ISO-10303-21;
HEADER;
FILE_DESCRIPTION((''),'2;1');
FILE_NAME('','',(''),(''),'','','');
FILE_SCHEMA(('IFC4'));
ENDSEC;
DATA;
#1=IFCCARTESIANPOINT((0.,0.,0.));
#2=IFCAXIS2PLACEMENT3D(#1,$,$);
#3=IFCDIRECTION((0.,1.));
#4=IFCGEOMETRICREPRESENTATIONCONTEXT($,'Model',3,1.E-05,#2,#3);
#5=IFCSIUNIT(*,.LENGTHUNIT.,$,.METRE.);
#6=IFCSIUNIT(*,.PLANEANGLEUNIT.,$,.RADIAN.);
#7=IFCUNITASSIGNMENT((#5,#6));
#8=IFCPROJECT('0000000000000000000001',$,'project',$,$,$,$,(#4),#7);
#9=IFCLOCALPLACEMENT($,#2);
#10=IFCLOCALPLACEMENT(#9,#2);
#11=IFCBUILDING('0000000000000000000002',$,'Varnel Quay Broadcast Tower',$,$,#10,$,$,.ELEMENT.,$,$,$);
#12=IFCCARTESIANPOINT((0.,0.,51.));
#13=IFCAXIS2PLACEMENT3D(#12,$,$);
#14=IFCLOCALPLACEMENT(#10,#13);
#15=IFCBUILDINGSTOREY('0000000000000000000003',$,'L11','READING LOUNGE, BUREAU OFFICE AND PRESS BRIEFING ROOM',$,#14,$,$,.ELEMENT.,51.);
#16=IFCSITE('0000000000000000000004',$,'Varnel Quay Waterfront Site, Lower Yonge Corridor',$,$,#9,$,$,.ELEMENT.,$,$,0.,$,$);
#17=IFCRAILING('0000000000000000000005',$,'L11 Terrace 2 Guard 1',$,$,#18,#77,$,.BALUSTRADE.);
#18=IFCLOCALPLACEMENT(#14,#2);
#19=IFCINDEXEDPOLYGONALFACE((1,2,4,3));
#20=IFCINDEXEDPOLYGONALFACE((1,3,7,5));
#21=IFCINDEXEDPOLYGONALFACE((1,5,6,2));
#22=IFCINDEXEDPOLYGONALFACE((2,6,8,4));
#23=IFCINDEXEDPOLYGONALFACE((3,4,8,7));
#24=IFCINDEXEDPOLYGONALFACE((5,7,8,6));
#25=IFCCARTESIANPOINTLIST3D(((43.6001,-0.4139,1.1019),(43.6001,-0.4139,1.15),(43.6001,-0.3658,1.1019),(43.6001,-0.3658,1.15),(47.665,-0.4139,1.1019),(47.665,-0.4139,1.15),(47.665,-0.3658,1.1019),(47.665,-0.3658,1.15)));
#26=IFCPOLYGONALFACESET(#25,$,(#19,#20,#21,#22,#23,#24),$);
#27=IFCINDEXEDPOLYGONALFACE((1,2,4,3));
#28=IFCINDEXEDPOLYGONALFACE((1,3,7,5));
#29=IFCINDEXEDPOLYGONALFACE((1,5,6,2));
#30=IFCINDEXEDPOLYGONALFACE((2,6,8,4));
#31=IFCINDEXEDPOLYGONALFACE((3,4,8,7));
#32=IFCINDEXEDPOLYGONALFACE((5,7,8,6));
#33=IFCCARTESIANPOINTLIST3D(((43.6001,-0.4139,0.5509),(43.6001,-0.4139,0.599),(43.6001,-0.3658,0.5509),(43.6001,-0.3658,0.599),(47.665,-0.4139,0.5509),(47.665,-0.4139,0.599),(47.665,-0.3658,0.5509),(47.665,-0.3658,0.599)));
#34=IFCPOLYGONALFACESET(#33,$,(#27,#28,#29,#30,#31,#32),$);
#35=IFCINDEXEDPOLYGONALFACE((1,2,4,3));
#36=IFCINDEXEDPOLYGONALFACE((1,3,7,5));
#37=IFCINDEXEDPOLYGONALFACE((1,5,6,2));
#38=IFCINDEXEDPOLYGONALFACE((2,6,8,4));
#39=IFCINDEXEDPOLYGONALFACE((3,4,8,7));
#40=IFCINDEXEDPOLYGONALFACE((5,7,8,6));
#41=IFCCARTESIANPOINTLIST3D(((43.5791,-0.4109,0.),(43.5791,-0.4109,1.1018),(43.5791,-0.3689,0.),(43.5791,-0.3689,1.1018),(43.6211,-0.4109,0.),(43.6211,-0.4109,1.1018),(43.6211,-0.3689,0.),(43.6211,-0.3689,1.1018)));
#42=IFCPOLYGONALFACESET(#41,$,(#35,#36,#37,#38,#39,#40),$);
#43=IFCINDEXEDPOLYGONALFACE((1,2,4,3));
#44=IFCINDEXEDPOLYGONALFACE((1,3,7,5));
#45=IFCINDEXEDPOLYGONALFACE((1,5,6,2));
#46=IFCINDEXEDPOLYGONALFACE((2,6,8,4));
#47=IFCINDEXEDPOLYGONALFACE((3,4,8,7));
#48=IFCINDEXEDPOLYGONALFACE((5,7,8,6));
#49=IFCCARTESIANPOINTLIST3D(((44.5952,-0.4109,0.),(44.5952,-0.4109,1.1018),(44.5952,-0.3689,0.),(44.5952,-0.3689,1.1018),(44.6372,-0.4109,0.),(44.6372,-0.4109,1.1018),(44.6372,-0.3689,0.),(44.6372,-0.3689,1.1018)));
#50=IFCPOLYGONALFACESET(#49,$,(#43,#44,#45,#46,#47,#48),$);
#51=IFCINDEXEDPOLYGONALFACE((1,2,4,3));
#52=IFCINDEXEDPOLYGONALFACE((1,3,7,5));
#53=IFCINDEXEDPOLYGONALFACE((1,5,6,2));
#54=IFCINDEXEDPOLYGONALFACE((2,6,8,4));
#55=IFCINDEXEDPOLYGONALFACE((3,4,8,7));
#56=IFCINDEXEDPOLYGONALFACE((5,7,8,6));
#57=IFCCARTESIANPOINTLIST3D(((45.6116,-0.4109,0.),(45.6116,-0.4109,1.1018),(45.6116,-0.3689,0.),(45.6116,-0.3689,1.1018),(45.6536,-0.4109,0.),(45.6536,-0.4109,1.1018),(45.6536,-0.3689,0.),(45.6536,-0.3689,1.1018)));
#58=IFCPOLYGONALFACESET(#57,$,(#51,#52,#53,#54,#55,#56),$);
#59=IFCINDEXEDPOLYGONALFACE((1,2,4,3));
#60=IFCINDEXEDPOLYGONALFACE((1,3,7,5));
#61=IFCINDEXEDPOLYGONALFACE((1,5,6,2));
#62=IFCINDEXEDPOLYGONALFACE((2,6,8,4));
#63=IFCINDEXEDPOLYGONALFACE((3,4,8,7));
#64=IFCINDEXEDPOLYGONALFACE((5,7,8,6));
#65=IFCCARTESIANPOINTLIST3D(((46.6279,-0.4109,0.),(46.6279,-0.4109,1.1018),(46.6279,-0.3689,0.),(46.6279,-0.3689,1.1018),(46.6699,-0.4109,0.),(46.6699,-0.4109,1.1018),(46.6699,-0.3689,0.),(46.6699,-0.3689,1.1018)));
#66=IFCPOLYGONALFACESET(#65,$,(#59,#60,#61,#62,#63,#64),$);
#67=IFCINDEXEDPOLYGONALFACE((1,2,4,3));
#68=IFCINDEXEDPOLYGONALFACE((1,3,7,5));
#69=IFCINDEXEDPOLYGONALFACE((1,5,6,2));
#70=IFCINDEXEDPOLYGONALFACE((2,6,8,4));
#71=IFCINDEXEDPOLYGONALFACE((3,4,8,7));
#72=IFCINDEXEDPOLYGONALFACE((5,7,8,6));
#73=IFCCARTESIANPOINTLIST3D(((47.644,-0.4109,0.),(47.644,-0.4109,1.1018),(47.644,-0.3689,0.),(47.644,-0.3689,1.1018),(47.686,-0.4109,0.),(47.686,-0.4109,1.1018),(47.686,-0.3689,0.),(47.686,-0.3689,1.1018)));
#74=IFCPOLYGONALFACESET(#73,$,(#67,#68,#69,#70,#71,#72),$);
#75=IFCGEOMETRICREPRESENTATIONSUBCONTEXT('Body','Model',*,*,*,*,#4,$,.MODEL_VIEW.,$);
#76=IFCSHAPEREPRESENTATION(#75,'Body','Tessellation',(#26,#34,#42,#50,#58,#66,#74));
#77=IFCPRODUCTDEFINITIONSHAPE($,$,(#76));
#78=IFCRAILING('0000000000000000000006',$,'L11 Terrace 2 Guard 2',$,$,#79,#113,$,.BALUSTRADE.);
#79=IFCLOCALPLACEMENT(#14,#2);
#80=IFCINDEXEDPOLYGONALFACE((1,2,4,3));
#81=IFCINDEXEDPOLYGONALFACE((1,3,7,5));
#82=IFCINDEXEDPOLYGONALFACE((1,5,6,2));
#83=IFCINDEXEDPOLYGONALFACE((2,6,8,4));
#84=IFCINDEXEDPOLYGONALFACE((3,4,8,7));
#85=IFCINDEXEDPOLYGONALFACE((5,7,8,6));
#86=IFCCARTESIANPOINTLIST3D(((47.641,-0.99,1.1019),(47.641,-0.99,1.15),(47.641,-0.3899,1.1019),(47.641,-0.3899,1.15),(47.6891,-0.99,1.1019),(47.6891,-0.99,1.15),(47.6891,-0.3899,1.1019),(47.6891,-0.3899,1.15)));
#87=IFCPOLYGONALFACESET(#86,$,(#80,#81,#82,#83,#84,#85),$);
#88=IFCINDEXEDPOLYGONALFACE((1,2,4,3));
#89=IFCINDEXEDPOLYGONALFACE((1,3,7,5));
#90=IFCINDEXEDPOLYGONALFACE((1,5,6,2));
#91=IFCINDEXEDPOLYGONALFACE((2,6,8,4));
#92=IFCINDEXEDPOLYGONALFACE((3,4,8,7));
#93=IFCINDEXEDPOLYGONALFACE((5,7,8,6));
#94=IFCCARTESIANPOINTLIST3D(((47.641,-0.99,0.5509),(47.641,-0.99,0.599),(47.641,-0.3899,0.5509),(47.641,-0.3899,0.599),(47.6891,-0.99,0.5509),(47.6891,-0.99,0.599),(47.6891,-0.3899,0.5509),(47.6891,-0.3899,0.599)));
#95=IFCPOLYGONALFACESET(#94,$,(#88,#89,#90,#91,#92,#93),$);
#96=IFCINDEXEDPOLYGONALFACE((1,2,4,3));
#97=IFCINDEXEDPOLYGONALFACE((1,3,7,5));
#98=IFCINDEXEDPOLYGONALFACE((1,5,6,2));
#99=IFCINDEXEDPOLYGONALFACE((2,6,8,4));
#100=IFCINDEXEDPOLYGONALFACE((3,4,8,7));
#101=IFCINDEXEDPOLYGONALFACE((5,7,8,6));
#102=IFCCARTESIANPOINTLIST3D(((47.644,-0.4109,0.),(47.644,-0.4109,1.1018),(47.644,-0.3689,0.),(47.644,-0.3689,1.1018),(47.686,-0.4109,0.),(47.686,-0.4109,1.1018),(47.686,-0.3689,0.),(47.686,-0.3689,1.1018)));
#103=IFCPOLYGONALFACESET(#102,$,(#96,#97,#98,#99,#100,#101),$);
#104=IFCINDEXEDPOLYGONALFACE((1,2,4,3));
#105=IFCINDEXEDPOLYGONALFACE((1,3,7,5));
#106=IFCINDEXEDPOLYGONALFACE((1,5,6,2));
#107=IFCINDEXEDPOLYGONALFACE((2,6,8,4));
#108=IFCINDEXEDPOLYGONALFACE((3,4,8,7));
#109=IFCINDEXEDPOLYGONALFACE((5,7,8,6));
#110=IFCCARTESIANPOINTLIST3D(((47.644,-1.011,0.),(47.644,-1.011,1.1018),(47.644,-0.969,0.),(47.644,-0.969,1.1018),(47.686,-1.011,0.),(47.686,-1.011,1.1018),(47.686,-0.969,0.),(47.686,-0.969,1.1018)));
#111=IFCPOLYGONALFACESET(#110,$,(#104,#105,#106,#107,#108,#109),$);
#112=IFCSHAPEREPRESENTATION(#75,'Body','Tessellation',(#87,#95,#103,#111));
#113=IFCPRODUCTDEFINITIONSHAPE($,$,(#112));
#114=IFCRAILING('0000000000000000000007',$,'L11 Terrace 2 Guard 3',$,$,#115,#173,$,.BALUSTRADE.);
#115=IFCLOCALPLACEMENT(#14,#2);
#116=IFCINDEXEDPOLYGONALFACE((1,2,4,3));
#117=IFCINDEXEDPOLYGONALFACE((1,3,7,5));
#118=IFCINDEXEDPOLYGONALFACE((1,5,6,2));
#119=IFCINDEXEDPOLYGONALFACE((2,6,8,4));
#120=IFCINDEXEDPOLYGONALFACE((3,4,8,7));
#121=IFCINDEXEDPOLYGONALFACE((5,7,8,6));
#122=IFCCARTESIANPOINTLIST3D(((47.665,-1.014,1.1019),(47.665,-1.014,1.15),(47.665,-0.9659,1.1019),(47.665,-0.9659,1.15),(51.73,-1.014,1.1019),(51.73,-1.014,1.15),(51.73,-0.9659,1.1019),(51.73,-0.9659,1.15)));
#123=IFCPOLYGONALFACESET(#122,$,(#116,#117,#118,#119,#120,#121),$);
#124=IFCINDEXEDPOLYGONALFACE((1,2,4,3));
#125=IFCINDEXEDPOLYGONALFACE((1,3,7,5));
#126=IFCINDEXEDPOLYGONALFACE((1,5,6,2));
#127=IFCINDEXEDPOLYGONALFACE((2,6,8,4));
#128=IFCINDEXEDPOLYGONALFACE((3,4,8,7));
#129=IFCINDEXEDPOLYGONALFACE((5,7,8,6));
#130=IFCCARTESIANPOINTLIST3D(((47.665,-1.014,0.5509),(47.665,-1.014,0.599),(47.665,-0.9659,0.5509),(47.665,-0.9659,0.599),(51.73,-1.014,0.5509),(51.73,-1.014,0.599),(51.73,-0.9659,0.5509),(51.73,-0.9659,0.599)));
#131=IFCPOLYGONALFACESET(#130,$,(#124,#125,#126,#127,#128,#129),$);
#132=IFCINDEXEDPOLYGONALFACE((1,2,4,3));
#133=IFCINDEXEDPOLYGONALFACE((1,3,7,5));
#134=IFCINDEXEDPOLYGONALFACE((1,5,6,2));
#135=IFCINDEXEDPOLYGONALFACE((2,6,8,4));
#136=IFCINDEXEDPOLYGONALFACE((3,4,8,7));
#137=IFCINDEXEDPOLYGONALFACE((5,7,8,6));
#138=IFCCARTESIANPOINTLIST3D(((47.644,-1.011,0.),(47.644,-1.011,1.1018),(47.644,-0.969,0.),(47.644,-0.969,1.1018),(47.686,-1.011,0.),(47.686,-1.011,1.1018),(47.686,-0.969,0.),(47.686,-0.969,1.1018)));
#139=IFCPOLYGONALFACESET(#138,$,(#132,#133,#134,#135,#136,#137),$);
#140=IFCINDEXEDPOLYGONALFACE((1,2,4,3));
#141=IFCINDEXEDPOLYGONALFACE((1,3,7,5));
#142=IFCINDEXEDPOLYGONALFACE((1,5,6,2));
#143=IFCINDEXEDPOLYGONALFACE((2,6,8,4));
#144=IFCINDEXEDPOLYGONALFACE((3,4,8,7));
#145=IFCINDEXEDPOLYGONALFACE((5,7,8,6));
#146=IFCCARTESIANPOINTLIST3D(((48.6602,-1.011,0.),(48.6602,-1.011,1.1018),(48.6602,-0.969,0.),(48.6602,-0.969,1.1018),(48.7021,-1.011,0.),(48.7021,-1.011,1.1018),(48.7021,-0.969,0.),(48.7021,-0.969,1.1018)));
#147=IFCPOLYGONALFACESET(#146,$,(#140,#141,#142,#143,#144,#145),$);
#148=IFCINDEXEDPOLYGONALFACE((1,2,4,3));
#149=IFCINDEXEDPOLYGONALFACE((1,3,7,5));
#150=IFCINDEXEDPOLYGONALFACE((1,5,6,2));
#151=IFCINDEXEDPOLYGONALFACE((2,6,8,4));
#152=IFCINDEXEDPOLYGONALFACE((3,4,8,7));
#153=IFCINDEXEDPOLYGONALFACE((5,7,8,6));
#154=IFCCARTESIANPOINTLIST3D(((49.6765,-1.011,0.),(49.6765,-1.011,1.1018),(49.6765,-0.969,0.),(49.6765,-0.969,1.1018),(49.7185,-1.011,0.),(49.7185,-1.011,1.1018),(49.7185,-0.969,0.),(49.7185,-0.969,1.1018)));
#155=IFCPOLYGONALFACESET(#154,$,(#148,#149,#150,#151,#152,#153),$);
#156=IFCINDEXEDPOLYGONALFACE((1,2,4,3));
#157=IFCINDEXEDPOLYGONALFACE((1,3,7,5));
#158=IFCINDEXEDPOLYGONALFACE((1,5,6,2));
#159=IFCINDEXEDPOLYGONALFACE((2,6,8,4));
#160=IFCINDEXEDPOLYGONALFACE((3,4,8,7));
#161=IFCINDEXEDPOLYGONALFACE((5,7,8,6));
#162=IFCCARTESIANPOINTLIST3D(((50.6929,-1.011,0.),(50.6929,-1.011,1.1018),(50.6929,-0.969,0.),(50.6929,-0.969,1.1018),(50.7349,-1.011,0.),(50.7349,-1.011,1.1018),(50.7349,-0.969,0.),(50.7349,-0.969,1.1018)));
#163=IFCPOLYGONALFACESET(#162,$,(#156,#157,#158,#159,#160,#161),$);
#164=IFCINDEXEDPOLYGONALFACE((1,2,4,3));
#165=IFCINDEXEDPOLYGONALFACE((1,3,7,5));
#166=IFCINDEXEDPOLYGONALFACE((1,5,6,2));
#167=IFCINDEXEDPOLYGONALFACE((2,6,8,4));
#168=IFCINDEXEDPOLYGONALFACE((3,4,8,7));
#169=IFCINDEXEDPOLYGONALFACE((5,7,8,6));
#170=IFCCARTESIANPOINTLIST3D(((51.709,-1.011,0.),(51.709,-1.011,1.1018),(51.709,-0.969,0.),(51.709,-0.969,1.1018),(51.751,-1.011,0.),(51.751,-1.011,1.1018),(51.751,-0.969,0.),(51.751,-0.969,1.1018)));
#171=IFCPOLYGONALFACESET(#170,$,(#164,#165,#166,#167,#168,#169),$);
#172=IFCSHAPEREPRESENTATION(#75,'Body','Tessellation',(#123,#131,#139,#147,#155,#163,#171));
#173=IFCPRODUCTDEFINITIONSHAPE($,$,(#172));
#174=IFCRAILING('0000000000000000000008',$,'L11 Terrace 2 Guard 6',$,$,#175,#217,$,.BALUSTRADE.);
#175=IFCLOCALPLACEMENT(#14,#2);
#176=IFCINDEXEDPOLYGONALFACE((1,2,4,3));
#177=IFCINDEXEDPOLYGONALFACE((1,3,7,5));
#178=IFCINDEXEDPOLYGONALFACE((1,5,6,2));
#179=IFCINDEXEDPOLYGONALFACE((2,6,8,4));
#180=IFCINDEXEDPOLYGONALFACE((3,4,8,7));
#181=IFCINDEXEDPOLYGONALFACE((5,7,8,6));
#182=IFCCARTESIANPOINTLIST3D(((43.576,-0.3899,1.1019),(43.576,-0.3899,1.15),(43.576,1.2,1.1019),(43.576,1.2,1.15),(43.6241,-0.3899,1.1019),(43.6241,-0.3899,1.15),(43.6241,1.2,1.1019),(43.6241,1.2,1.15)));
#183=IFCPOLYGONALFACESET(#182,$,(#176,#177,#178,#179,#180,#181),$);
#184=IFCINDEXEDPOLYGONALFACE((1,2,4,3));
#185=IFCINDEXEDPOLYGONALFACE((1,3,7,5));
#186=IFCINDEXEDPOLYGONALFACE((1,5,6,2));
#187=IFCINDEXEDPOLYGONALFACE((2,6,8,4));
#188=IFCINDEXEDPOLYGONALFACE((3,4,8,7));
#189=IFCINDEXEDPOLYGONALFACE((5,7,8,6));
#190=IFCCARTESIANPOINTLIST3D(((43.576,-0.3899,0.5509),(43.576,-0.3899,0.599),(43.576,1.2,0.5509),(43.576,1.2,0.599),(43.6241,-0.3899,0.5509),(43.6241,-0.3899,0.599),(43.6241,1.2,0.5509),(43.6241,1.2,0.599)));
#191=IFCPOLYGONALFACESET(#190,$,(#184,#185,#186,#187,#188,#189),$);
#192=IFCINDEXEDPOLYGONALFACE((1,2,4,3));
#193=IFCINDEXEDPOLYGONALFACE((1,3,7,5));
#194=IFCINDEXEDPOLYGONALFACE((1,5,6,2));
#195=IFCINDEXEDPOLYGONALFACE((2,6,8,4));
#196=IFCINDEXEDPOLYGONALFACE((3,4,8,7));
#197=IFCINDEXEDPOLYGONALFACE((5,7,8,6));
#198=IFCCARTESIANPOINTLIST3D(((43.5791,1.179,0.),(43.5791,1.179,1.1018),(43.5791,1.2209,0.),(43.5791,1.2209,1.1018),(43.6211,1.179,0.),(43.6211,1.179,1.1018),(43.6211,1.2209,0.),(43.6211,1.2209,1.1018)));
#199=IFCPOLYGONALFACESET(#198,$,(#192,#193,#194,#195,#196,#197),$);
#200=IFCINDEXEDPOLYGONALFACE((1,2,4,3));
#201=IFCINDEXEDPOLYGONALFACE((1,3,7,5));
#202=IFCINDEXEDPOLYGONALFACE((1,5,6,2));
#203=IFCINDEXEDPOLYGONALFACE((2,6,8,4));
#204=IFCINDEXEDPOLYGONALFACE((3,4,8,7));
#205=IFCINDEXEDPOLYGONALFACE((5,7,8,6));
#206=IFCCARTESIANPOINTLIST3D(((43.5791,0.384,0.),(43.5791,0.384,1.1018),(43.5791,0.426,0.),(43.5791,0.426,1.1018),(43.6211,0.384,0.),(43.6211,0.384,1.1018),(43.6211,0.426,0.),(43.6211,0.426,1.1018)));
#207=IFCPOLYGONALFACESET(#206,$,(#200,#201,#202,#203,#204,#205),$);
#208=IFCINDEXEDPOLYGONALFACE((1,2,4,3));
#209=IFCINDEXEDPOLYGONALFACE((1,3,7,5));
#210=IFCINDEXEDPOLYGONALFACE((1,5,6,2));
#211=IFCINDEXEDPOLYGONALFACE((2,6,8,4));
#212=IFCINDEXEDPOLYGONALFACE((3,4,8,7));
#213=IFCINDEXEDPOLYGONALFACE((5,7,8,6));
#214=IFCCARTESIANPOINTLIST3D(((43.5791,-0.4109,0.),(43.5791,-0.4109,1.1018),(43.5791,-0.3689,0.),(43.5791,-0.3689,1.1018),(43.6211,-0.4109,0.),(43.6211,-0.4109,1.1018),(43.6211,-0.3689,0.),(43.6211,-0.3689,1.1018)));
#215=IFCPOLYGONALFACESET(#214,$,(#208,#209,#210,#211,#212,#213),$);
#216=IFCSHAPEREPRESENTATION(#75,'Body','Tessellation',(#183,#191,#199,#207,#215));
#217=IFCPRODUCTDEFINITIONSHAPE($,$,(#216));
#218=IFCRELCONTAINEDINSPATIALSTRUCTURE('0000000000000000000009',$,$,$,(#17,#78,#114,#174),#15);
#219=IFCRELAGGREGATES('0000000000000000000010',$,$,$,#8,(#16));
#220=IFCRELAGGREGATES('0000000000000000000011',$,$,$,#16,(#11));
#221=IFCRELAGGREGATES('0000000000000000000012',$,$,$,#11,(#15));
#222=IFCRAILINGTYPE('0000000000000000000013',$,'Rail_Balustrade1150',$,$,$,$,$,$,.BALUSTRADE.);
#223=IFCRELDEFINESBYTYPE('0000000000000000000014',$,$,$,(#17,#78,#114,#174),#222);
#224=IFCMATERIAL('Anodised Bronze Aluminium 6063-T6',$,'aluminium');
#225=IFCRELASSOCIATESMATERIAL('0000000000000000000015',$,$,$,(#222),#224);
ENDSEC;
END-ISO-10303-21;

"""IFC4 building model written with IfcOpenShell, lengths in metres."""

from ifc_helpers import new_model, si_unit, direction, frame, origin, origin_2d, place, context, subcontext, project, spatial, rectangle, extrude, material, type_object, element, save


model = new_model("IFC4")

# Units and contexts
model_context = context("Model", 3, precision=1e-05, world=origin(), true_north=direction((0.0, 1.0)))
body_context = subcontext(model_context, "Body", "Model", "MODEL_VIEW")
ifc_project = project(units=[si_unit("LENGTHUNIT", "METRE"), si_unit("PLANEANGLEUNIT", "RADIAN")], contexts=[model_context])

# Site, building, storey
site_placement = place(None, origin())
site = spatial("IfcSite", under=ifc_project, at=site_placement, Name="Varnel Quay Waterfront Site, Lower Yonge Corridor", CompositionType="ELEMENT", RefElevation=0.0)
building_placement = place(site_placement, origin())
building = spatial("IfcBuilding", under=site, at=building_placement, Name="Varnel Quay Broadcast Tower", CompositionType="ELEMENT")
storey_placement = place(building_placement, frame((0.0, 0.0, 51.0)))
storey = spatial("IfcBuildingStorey", under=building, at=storey_placement, Name="L11", Description="READING LOUNGE, BUREAU OFFICE AND PRESS BRIEFING ROOM", CompositionType="ELEMENT", Elevation=51.0)

# Shared definitions
ifc_material_1 = material(Name="Anodised Bronze Aluminium 6063-T6", Category="aluminium")

# Railings
railing_type = type_object("IfcRailingType", Name="Rail_Balustrade1150", PredefinedType="BALUSTRADE", material=ifc_material_1)
railing_1_placement = place(storey_placement, frame((43.6001, -0.3899, 0.0)))
element("IfcRailing", 1, at=railing_1_placement, inside=storey, type_object=railing_type, Name="L11 Terrace 2 Guard 1", PredefinedType="BALUSTRADE", context=body_context, shape_type="SweptSolid", body=[
    extrude(rectangle(XDim=0.0481, YDim=0.0481, at=origin_2d()), frame((0.0, 0.0, 1.126), z_axis=(1.0, 0.0, 0.0), x_axis=(0.0, 1.0, 0.0)), (0.0, 0.0, 1.0), 4.0649),
    extrude(rectangle(XDim=0.0481, YDim=0.0481, at=origin_2d()), frame((0.0, 0.0, 0.575), z_axis=(1.0, 0.0, 0.0), x_axis=(0.0, 1.0, 0.0)), (0.0, 0.0, 1.0), 4.0649),
    extrude(rectangle(XDim=0.042, YDim=0.042, at=origin_2d()), origin(), (0.0, 0.0, 1.0), 1.1018),
    extrude(rectangle(XDim=0.042, YDim=0.042, at=origin_2d()), frame((1.0161, 0.0, 0.0)), (0.0, 0.0, 1.0), 1.1018),
    extrude(rectangle(XDim=0.042, YDim=0.042, at=origin_2d()), frame((2.0325, 0.0, 0.0)), (0.0, 0.0, 1.0), 1.1018),
    extrude(rectangle(XDim=0.042, YDim=0.042, at=origin_2d()), frame((3.0488, 0.0, 0.0)), (0.0, 0.0, 1.0), 1.1018),
    extrude(rectangle(XDim=0.042, YDim=0.042, at=origin_2d()), frame((4.0649, 0.0, 0.0)), (0.0, 0.0, 1.0), 1.1018),
])
railing_2_placement = place(storey_placement, frame((47.665, -0.3899, 0.0)))
element("IfcRailing", 2, at=railing_2_placement, inside=storey, type_object=railing_type, Name="L11 Terrace 2 Guard 2", PredefinedType="BALUSTRADE", context=body_context, shape_type="SweptSolid", body=[
    extrude(rectangle(XDim=0.0481, YDim=0.0481, at=origin_2d()), frame((0.0, 0.0, 1.126), z_axis=(0.0, -1.0, 0.0), x_axis=(1.0, 0.0, 0.0)), (0.0, 0.0, 1.0), 0.6001),
    extrude(rectangle(XDim=0.0481, YDim=0.0481, at=origin_2d()), frame((0.0, 0.0, 0.575), z_axis=(0.0, -1.0, 0.0), x_axis=(1.0, 0.0, 0.0)), (0.0, 0.0, 1.0), 0.6001),
    extrude(rectangle(XDim=0.042, YDim=0.042, at=origin_2d()), origin(), (0.0, 0.0, 1.0), 1.1018),
    extrude(rectangle(XDim=0.042, YDim=0.042, at=origin_2d()), frame((0.0, -0.6001, 0.0)), (0.0, 0.0, 1.0), 1.1018),
])
railing_3_placement = place(storey_placement, frame((47.665, -0.99, 0.0)))
element("IfcRailing", 3, at=railing_3_placement, inside=storey, type_object=railing_type, Name="L11 Terrace 2 Guard 3", PredefinedType="BALUSTRADE", context=body_context, shape_type="SweptSolid", body=[
    extrude(rectangle(XDim=0.0481, YDim=0.0481, at=origin_2d()), frame((0.0, 0.0, 1.126), z_axis=(1.0, 0.0, 0.0), x_axis=(0.0, 1.0, 0.0)), (0.0, 0.0, 1.0), 4.0649),
    extrude(rectangle(XDim=0.0481, YDim=0.0481, at=origin_2d()), frame((0.0, 0.0, 0.575), z_axis=(1.0, 0.0, 0.0), x_axis=(0.0, 1.0, 0.0)), (0.0, 0.0, 1.0), 4.0649),
    extrude(rectangle(XDim=0.042, YDim=0.042, at=origin_2d()), origin(), (0.0, 0.0, 1.0), 1.1018),
    extrude(rectangle(XDim=0.042, YDim=0.042, at=origin_2d()), frame((1.0161, 0.0, 0.0)), (0.0, 0.0, 1.0), 1.1018),
    extrude(rectangle(XDim=0.042, YDim=0.042, at=origin_2d()), frame((2.0325, 0.0, 0.0)), (0.0, 0.0, 1.0), 1.1018),
    extrude(rectangle(XDim=0.042, YDim=0.042, at=origin_2d()), frame((3.0488, 0.0, 0.0)), (0.0, 0.0, 1.0), 1.1018),
    extrude(rectangle(XDim=0.042, YDim=0.042, at=origin_2d()), frame((4.0649, 0.0, 0.0)), (0.0, 0.0, 1.0), 1.1018),
])
railing_4_placement = place(storey_placement, frame((43.6001, 1.2, 0.0)))
element("IfcRailing", 4, at=railing_4_placement, inside=storey, type_object=railing_type, Name="L11 Terrace 2 Guard 6", PredefinedType="BALUSTRADE", context=body_context, shape_type="SweptSolid", body=[
    extrude(rectangle(XDim=0.0481, YDim=0.0481, at=origin_2d()), frame((0.0, 0.0, 1.126), z_axis=(0.0, -1.0, 0.0), x_axis=(1.0, 0.0, 0.0)), (0.0, 0.0, 1.0), 1.5898),
    extrude(rectangle(XDim=0.0481, YDim=0.0481, at=origin_2d()), frame((0.0, 0.0, 0.575), z_axis=(0.0, -1.0, 0.0), x_axis=(1.0, 0.0, 0.0)), (0.0, 0.0, 1.0), 1.5898),
    extrude(rectangle(XDim=0.042, YDim=0.042, at=origin_2d()), origin(), (0.0, 0.0, 1.0), 1.1018),
    extrude(rectangle(XDim=0.042, YDim=0.042, at=origin_2d()), frame((0.0, -0.7949, 0.0)), (0.0, 0.0, 1.0), 1.1018),
    extrude(rectangle(XDim=0.042, YDim=0.042, at=origin_2d()), frame((0.0, -1.5898, 0.0)), (0.0, 0.0, 1.0), 1.1018),
])

save(model, "model.ifc")
